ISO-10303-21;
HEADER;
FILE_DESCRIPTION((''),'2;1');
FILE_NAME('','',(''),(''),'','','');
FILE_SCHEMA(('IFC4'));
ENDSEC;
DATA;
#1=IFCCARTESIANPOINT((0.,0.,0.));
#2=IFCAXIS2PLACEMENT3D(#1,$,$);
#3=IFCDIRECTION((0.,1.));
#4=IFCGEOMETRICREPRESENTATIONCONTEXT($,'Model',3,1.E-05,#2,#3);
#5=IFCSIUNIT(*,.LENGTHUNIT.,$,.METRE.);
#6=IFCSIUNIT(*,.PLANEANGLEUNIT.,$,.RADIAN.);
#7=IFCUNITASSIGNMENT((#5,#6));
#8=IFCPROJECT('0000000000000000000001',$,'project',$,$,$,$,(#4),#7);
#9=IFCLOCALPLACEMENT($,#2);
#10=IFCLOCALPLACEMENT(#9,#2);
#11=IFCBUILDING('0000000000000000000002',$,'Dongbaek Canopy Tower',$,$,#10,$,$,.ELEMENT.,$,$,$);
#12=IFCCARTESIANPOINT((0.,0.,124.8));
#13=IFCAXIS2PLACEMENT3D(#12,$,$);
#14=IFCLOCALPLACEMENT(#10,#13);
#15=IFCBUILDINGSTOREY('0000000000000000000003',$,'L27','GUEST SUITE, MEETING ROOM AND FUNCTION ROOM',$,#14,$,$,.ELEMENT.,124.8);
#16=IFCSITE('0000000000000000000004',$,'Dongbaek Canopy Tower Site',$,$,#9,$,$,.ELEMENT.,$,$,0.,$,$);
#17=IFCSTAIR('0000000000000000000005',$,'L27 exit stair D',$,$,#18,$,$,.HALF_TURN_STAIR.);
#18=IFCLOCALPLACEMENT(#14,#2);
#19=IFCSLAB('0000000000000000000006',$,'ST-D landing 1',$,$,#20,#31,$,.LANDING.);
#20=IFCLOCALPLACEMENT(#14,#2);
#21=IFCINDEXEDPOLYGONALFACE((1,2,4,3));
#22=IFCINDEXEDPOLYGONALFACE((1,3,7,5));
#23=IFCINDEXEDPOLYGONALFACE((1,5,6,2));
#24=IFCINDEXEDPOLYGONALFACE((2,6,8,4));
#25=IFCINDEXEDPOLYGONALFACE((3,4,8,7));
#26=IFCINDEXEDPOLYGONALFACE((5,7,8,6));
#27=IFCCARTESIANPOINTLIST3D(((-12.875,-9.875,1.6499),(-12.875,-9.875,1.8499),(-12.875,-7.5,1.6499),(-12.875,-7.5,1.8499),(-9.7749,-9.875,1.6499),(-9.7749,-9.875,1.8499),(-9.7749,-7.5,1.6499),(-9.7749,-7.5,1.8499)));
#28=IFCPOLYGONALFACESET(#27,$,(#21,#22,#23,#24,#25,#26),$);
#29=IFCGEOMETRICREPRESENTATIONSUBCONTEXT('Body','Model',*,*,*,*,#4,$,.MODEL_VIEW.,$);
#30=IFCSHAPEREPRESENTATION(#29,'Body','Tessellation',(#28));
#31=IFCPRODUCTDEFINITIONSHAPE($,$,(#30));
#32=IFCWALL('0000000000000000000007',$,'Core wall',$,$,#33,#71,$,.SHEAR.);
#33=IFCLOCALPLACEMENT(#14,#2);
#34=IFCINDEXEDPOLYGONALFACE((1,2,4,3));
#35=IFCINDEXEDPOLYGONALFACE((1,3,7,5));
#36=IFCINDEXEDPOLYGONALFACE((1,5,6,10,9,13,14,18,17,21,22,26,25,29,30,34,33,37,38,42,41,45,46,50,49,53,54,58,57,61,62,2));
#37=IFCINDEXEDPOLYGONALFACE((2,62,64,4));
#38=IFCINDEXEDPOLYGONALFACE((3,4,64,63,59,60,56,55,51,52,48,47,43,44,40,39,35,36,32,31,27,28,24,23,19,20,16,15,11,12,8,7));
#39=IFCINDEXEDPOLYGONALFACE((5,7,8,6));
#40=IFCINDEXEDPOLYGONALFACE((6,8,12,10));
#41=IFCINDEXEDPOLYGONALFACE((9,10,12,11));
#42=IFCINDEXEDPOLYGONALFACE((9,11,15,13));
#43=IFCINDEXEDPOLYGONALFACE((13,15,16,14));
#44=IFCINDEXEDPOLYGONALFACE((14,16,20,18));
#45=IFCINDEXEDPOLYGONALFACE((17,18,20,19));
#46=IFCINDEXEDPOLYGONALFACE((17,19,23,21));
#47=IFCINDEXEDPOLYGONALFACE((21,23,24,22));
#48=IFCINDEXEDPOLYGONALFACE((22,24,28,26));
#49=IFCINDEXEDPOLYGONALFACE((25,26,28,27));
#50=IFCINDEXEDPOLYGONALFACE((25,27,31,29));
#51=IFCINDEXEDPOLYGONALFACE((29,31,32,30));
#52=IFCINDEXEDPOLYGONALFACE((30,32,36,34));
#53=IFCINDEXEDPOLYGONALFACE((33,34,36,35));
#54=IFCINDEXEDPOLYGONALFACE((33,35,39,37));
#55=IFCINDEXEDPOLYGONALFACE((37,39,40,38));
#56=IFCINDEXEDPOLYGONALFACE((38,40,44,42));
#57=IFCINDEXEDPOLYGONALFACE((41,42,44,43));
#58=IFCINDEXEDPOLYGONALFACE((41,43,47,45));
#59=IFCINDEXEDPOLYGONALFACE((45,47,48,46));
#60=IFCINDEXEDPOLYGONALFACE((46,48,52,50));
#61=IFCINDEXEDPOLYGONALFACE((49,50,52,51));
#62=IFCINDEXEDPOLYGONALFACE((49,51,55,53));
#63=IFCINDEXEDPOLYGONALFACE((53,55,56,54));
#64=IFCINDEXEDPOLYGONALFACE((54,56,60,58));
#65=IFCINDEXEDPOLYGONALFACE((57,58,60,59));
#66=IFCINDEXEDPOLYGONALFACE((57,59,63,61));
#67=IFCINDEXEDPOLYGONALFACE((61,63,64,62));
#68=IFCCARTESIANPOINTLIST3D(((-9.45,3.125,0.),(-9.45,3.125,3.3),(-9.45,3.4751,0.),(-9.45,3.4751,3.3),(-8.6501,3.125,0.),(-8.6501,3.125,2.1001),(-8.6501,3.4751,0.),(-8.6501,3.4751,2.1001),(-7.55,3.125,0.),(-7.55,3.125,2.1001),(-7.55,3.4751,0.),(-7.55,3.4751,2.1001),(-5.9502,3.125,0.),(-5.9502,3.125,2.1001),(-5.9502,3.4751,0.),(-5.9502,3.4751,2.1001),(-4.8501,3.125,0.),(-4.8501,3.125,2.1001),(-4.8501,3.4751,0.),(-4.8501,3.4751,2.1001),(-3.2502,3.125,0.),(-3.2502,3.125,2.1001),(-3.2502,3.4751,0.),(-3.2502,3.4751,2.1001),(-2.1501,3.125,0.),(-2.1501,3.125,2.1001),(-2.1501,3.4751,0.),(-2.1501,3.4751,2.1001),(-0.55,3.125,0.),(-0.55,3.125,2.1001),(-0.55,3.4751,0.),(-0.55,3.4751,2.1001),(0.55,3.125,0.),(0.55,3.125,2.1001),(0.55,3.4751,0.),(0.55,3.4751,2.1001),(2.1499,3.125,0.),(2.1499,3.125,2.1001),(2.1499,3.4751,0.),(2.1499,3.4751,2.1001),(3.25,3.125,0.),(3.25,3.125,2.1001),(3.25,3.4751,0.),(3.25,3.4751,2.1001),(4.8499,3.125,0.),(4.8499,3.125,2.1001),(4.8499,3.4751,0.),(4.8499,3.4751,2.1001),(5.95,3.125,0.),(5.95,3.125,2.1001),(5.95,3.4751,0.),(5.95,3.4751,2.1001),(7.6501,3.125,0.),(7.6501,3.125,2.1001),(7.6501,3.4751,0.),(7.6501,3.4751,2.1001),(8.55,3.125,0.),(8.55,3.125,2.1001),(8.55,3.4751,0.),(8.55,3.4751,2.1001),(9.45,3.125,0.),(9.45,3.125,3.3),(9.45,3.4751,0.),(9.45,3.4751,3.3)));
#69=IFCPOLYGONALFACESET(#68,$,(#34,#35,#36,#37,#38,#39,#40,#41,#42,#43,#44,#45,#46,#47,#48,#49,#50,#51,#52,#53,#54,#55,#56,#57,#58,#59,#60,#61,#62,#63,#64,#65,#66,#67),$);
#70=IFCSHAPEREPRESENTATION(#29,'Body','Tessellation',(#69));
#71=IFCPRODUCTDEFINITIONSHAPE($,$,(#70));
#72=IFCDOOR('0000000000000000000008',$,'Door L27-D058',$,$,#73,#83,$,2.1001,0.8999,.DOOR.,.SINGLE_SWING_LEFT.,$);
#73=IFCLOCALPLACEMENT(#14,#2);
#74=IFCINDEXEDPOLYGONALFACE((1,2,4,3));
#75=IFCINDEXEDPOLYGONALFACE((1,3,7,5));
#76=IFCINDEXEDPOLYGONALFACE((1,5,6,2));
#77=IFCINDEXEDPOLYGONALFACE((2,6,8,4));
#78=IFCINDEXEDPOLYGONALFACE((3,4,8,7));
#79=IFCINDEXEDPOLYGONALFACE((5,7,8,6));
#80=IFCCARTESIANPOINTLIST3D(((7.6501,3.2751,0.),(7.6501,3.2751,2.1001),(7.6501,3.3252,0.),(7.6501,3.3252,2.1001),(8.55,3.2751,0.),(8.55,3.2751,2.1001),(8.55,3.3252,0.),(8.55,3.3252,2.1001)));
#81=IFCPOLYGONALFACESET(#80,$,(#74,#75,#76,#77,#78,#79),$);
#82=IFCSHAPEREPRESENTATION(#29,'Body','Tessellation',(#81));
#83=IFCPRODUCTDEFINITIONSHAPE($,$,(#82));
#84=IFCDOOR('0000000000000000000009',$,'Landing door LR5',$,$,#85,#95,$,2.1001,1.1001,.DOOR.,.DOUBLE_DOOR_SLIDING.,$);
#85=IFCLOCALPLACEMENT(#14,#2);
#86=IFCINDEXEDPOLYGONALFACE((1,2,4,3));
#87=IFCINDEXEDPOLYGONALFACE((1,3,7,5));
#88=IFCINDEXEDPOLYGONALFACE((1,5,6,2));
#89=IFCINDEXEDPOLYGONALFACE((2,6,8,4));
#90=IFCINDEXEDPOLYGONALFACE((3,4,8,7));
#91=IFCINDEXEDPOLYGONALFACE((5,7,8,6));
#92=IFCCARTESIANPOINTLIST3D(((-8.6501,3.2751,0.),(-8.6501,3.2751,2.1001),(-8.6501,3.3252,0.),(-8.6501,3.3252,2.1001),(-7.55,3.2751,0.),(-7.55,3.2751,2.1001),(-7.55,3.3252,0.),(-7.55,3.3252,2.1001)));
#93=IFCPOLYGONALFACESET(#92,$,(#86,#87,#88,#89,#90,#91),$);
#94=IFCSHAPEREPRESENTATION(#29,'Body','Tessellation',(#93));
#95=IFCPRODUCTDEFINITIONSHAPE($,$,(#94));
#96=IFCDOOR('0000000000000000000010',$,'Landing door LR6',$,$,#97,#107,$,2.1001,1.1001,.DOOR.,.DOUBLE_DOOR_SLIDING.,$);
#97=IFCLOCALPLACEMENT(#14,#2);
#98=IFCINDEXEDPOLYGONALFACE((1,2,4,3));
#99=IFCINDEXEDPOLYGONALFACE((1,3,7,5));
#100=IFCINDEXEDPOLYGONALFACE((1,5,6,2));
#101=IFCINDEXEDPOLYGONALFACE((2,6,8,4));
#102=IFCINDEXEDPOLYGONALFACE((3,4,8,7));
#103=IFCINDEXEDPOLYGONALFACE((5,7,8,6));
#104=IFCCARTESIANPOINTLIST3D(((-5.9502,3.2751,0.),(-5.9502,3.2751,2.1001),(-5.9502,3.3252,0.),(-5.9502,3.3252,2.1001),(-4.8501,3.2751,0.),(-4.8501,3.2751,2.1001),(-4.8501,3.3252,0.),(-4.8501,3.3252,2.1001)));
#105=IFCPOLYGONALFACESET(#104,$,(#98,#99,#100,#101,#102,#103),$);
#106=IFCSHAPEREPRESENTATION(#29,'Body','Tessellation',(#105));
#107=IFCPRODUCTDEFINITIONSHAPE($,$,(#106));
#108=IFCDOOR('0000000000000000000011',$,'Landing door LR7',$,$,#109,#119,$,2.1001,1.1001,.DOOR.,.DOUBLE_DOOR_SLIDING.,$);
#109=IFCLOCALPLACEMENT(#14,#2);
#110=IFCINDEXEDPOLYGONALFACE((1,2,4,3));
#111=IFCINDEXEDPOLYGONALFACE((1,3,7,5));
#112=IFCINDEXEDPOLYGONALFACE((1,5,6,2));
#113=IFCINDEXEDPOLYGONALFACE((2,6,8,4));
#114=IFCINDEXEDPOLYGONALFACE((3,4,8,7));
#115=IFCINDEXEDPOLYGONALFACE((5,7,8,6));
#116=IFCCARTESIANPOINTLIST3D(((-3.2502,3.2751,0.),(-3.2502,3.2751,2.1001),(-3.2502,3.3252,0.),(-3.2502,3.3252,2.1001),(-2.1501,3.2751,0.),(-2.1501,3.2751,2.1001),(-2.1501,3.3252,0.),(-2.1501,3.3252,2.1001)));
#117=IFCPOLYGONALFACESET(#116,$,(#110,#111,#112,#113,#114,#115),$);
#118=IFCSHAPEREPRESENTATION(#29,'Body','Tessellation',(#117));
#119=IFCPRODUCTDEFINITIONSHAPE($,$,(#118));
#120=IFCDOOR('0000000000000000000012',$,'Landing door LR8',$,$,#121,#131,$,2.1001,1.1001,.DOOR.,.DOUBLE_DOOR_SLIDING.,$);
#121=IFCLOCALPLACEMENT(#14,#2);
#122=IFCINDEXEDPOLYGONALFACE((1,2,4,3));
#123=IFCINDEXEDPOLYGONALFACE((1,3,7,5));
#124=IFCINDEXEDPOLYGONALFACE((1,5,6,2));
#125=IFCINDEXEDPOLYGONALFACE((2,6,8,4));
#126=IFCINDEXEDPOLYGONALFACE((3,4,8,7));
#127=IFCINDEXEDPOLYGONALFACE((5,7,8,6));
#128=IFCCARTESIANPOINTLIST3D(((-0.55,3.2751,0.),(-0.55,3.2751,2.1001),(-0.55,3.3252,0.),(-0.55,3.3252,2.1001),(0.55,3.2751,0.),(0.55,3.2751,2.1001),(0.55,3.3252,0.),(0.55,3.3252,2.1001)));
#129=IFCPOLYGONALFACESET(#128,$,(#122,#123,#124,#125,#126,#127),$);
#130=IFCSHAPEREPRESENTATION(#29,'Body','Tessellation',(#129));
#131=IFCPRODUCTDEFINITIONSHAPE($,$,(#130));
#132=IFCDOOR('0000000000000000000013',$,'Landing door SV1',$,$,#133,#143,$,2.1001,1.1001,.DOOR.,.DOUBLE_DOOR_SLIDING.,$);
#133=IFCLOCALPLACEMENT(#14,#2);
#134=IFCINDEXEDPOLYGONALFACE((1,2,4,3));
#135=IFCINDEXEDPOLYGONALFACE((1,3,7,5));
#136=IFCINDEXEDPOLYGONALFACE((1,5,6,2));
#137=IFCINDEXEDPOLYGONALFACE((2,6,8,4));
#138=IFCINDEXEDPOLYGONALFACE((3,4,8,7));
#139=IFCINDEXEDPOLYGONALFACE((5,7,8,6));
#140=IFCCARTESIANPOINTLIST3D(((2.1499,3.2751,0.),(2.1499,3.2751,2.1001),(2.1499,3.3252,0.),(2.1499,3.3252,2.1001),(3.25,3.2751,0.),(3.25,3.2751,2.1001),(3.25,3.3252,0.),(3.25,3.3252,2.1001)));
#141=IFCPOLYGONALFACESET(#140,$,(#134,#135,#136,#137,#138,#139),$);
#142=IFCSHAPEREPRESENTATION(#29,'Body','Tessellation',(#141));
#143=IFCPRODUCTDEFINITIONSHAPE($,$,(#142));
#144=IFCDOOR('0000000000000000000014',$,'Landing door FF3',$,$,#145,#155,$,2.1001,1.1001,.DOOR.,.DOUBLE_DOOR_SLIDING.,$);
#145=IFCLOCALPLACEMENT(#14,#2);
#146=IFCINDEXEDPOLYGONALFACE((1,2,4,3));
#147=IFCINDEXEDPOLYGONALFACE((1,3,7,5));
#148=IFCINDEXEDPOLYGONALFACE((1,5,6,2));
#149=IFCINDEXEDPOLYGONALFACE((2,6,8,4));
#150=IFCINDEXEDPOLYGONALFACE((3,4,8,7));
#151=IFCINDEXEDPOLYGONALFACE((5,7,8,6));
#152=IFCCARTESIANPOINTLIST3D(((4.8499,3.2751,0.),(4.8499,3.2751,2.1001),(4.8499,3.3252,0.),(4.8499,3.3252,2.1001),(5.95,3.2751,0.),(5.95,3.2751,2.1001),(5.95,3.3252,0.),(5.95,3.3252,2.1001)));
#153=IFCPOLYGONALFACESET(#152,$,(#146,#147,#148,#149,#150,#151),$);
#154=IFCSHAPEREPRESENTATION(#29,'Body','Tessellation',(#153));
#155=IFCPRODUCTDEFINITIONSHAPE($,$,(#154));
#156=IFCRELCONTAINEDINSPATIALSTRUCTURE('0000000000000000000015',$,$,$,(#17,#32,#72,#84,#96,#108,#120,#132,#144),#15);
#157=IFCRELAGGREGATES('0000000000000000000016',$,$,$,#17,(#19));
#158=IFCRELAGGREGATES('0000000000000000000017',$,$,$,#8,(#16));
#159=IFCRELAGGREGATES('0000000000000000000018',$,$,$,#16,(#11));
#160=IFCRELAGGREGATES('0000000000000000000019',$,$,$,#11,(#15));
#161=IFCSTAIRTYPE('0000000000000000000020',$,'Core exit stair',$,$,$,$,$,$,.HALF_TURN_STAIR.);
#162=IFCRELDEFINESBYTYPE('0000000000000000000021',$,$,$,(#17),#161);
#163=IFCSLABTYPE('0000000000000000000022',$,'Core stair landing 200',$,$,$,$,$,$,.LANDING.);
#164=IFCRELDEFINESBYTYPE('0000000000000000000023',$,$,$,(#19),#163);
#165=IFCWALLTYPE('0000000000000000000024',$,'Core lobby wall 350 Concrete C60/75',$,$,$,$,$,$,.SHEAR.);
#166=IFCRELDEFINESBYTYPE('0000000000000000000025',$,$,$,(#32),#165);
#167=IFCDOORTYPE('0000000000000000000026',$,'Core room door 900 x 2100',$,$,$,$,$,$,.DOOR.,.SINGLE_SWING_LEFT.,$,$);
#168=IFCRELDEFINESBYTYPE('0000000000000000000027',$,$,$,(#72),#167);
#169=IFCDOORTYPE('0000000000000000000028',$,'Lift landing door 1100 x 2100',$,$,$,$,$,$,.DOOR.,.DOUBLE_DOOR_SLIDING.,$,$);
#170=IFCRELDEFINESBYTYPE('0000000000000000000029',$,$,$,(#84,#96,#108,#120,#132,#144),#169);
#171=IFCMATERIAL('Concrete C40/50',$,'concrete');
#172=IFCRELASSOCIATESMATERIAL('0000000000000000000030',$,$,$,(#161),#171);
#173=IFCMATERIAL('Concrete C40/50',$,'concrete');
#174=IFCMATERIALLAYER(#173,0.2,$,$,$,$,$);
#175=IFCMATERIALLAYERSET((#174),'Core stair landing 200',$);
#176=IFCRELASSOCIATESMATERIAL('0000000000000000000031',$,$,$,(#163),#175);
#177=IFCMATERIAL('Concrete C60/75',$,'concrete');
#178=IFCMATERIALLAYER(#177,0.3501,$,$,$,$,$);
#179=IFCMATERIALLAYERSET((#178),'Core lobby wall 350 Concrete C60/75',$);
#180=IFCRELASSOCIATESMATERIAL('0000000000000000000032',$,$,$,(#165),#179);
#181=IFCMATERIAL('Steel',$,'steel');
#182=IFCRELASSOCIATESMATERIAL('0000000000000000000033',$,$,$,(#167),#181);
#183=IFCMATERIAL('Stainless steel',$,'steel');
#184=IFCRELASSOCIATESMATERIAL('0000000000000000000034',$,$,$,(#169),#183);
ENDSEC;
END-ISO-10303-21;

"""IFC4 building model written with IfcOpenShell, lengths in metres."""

from ifc_helpers import new_model, si_unit, direction, frame, frame_2d, origin, place, context, subcontext, project, spatial, polyline, rectangle, outline, extrude, material, layer, layer_set, type_object, element, fill, aggregate, save


model = new_model("IFC4")

# Units and contexts
model_context = context("Model", 3, precision=1e-05, world=origin(), true_north=direction((0.0, 1.0)))
body_context = subcontext(model_context, "Body", "Model", "MODEL_VIEW")
ifc_project = project(units=[si_unit("LENGTHUNIT", "METRE"), si_unit("PLANEANGLEUNIT", "RADIAN")], contexts=[model_context])

# Site, building, storey
site_placement = place(None, origin())
site = spatial("IfcSite", under=ifc_project, at=site_placement, Name="Dongbaek Canopy Tower Site", CompositionType="ELEMENT", RefElevation=0.0)
building_placement = place(site_placement, origin())
building = spatial("IfcBuilding", under=site, at=building_placement, Name="Dongbaek Canopy Tower", CompositionType="ELEMENT")
storey_placement = place(building_placement, frame((0.0, 0.0, 124.8)))
storey = spatial("IfcBuildingStorey", under=building, at=storey_placement, Name="L27", Description="GUEST SUITE, MEETING ROOM AND FUNCTION ROOM", CompositionType="ELEMENT", Elevation=124.8)

# Stair, slab
ifc_material_1 = material(Name="Concrete C40/50", Category="concrete")
stair_type = type_object("IfcStairType", Name="Core exit stair", PredefinedType="HALF_TURN_STAIR", material=ifc_material_1)
stair_1_placement = place(storey_placement, origin())
stair_1 = element("IfcStair", 1, at=stair_1_placement, inside=storey, type_object=stair_type, Name="L27 exit stair D", PredefinedType="HALF_TURN_STAIR")
ifc_material_2 = material(Name="Concrete C40/50", Category="concrete")
ifc_layer_1 = layer(ifc_material_2, 0.2)
ifc_layer_set_1 = layer_set([ifc_layer_1], Name="Core stair landing 200")
slab_type = type_object("IfcSlabType", Name="Core stair landing 200", PredefinedType="LANDING", material=ifc_layer_set_1)
slab_placement = place(storey_placement, frame((0.0, 0.0, 1.6499)))
slab = element("IfcSlab", 2, at=slab_placement, type_object=slab_type, Name="ST-D landing 1", PredefinedType="LANDING", context=body_context, shape_type="SweptSolid", body=[
    extrude(outline(polyline([(-12.875, -7.5), (-12.875, -9.875), (-9.7749, -9.875), (-9.7749, -7.5), (-12.875, -7.5)])), origin(), (0.0, 0.0, 1.0), 0.2),
])
aggregate(stair_1, [slab])

# Wall, openings, doors
ifc_material_3 = material(Name="Concrete C60/75", Category="concrete")
ifc_layer_2 = layer(ifc_material_3, 0.3501)
ifc_layer_set_2 = layer_set([ifc_layer_2], Name="Core lobby wall 350 Concrete C60/75")
wall_type_1 = type_object("IfcWallType", Name="Core lobby wall 350 Concrete C60/75", PredefinedType="SHEAR", material=ifc_layer_set_2)
wall_1_placement = place(storey_placement, frame((9.45, 3.3, 0.0), z_axis=(0.0, 0.0, 1.0), x_axis=(-1.0, 0.0, 0.0)))
wall_1 = element("IfcWall", 3, at=wall_1_placement, inside=storey, type_object=wall_type_1, Name="Core wall", PredefinedType="SHEAR", context=body_context, shape_type="SweptSolid", body=[
    extrude(rectangle(XDim=18.8999, YDim=0.3501, at=frame_2d((9.45, 0.0))), origin(), (0.0, 0.0, 1.0), 3.3),
])
opening_1_placement = place(wall_1_placement, frame((17.0, 0.0, 0.0)))
opening_1 = element("IfcOpeningElement", 4, at=opening_1_placement, cuts=wall_1, PredefinedType="OPENING", context=body_context, shape_type="SweptSolid", body=[
    extrude(rectangle(XDim=1.1001, YDim=2.1001, at=frame_2d((0.55, 1.05))), frame((0.0, 0.1851, 0.0), z_axis=(0.0, -1.0, 0.0), x_axis=(1.0, 0.0, 0.0)), (0.0, 0.0, 1.0), 0.3701),
])
opening_2_placement = place(wall_1_placement, frame((14.3, 0.0, 0.0)))
opening_2 = element("IfcOpeningElement", 5, at=opening_2_placement, cuts=wall_1, PredefinedType="OPENING", context=body_context, shape_type="SweptSolid", body=[
    extrude(rectangle(XDim=1.1001, YDim=2.1001, at=frame_2d((0.55, 1.05))), frame((0.0, 0.1851, 0.0), z_axis=(0.0, -1.0, 0.0), x_axis=(1.0, 0.0, 0.0)), (0.0, 0.0, 1.0), 0.3701),
])
opening_3_placement = place(wall_1_placement, frame((11.6001, 0.0, 0.0)))
opening_3 = element("IfcOpeningElement", 6, at=opening_3_placement, cuts=wall_1, PredefinedType="OPENING", context=body_context, shape_type="SweptSolid", body=[
    extrude(rectangle(XDim=1.1001, YDim=2.1001, at=frame_2d((0.55, 1.05))), frame((0.0, 0.1851, 0.0), z_axis=(0.0, -1.0, 0.0), x_axis=(1.0, 0.0, 0.0)), (0.0, 0.0, 1.0), 0.3701),
])
opening_4_placement = place(wall_1_placement, frame((8.8999, 0.0, 0.0)))
opening_4 = element("IfcOpeningElement", 7, at=opening_4_placement, cuts=wall_1, PredefinedType="OPENING", context=body_context, shape_type="SweptSolid", body=[
    extrude(rectangle(XDim=1.1001, YDim=2.1001, at=frame_2d((0.55, 1.05))), frame((0.0, 0.1851, 0.0), z_axis=(0.0, -1.0, 0.0), x_axis=(1.0, 0.0, 0.0)), (0.0, 0.0, 1.0), 0.3701),
])
opening_5_placement = place(wall_1_placement, frame((6.2, 0.0, 0.0)))
opening_5 = element("IfcOpeningElement", 8, at=opening_5_placement, cuts=wall_1, PredefinedType="OPENING", context=body_context, shape_type="SweptSolid", body=[
    extrude(rectangle(XDim=1.1001, YDim=2.1001, at=frame_2d((0.55, 1.05))), frame((0.0, 0.1851, 0.0), z_axis=(0.0, -1.0, 0.0), x_axis=(1.0, 0.0, 0.0)), (0.0, 0.0, 1.0), 0.3701),
])
opening_6_placement = place(wall_1_placement, frame((3.5, 0.0, 0.0)))
opening_6 = element("IfcOpeningElement", 9, at=opening_6_placement, cuts=wall_1, PredefinedType="OPENING", context=body_context, shape_type="SweptSolid", body=[
    extrude(rectangle(XDim=1.1001, YDim=2.1001, at=frame_2d((0.55, 1.05))), frame((0.0, 0.1851, 0.0), z_axis=(0.0, -1.0, 0.0), x_axis=(1.0, 0.0, 0.0)), (0.0, 0.0, 1.0), 0.3701),
])
opening_7_placement = place(wall_1_placement, frame((0.8999, 0.0, 0.0)))
opening_7 = element("IfcOpeningElement", 10, at=opening_7_placement, cuts=wall_1, PredefinedType="OPENING", context=body_context, shape_type="SweptSolid", body=[
    extrude(rectangle(XDim=0.8999, YDim=2.1001, at=frame_2d((0.45, 1.05))), frame((0.0, 0.1851, 0.0), z_axis=(0.0, -1.0, 0.0), x_axis=(1.0, 0.0, 0.0)), (0.0, 0.0, 1.0), 0.3701),
])
ifc_material_4 = material(Name="Steel", Category="steel")
door_type_1 = type_object("IfcDoorType", Name="Core room door 900 x 2100", OperationType="SINGLE_SWING_LEFT", PredefinedType="DOOR", material=ifc_material_4)
door_1_placement = place(opening_7_placement, origin())
door_1 = element("IfcDoor", 11, at=door_1_placement, inside=storey, type_object=door_type_1, Name="Door L27-D058", OperationType="SINGLE_SWING_LEFT", OverallHeight=2.1001, OverallWidth=0.8999, PredefinedType="DOOR", context=body_context, shape_type="SweptSolid", body=[
    extrude(rectangle(XDim=0.8999, YDim=2.1001, at=frame_2d((0.45, 1.05))), frame((0.0, 0.0249, 0.0), z_axis=(0.0, -1.0, 0.0), x_axis=(1.0, 0.0, 0.0)), (0.0, 0.0, 1.0), 0.05),
])
fill(opening_7, door_1)
ifc_material_5 = material(Name="Stainless steel", Category="steel")
door_type_2 = type_object("IfcDoorType", Name="Lift landing door 1100 x 2100", OperationType="DOUBLE_DOOR_SLIDING", PredefinedType="DOOR", material=ifc_material_5)
door_2_placement = place(opening_1_placement, origin())
door_2 = element("IfcDoor", 12, at=door_2_placement, inside=storey, type_object=door_type_2, Name="Landing door LR5", OperationType="DOUBLE_DOOR_SLIDING", OverallHeight=2.1001, OverallWidth=1.1001, PredefinedType="DOOR", context=body_context, shape_type="SweptSolid", body=[
    extrude(rectangle(XDim=1.1001, YDim=2.1001, at=frame_2d((0.55, 1.05))), frame((0.0, 0.0249, 0.0), z_axis=(0.0, -1.0, 0.0), x_axis=(1.0, 0.0, 0.0)), (0.0, 0.0, 1.0), 0.05),
])
fill(opening_1, door_2)
door_3_placement = place(opening_2_placement, origin())
door_3 = element("IfcDoor", 13, at=door_3_placement, inside=storey, type_object=door_type_2, Name="Landing door LR6", OperationType="DOUBLE_DOOR_SLIDING", OverallHeight=2.1001, OverallWidth=1.1001, PredefinedType="DOOR", context=body_context, shape_type="SweptSolid", body=[
    extrude(rectangle(XDim=1.1001, YDim=2.1001, at=frame_2d((0.55, 1.05))), frame((0.0, 0.0249, 0.0), z_axis=(0.0, -1.0, 0.0), x_axis=(1.0, 0.0, 0.0)), (0.0, 0.0, 1.0), 0.05),
])
fill(opening_2, door_3)
door_4_placement = place(opening_3_placement, origin())
door_4 = element("IfcDoor", 14, at=door_4_placement, inside=storey, type_object=door_type_2, Name="Landing door LR7", OperationType="DOUBLE_DOOR_SLIDING", OverallHeight=2.1001, OverallWidth=1.1001, PredefinedType="DOOR", context=body_context, shape_type="SweptSolid", body=[
    extrude(rectangle(XDim=1.1001, YDim=2.1001, at=frame_2d((0.55, 1.05))), frame((0.0, 0.0249, 0.0), z_axis=(0.0, -1.0, 0.0), x_axis=(1.0, 0.0, 0.0)), (0.0, 0.0, 1.0), 0.05),
])
fill(opening_3, door_4)
door_5_placement = place(opening_4_placement, origin())
door_5 = element("IfcDoor", 15, at=door_5_placement, inside=storey, type_object=door_type_2, Name="Landing door LR8", OperationType="DOUBLE_DOOR_SLIDING", OverallHeight=2.1001, OverallWidth=1.1001, PredefinedType="DOOR", context=body_context, shape_type="SweptSolid", body=[
    extrude(rectangle(XDim=1.1001, YDim=2.1001, at=frame_2d((0.55, 1.05))), frame((0.0, 0.0249, 0.0), z_axis=(0.0, -1.0, 0.0), x_axis=(1.0, 0.0, 0.0)), (0.0, 0.0, 1.0), 0.05),
])
fill(opening_4, door_5)
door_6_placement = place(opening_5_placement, origin())
door_6 = element("IfcDoor", 16, at=door_6_placement, inside=storey, type_object=door_type_2, Name="Landing door SV1", OperationType="DOUBLE_DOOR_SLIDING", OverallHeight=2.1001, OverallWidth=1.1001, PredefinedType="DOOR", context=body_context, shape_type="SweptSolid", body=[
    extrude(rectangle(XDim=1.1001, YDim=2.1001, at=frame_2d((0.55, 1.05))), frame((0.0, 0.0249, 0.0), z_axis=(0.0, -1.0, 0.0), x_axis=(1.0, 0.0, 0.0)), (0.0, 0.0, 1.0), 0.05),
])
fill(opening_5, door_6)
door_7_placement = place(opening_6_placement, origin())
door_7 = element("IfcDoor", 17, at=door_7_placement, inside=storey, type_object=door_type_2, Name="Landing door FF3", OperationType="DOUBLE_DOOR_SLIDING", OverallHeight=2.1001, OverallWidth=1.1001, PredefinedType="DOOR", context=body_context, shape_type="SweptSolid", body=[
    extrude(rectangle(XDim=1.1001, YDim=2.1001, at=frame_2d((0.55, 1.05))), frame((0.0, 0.0249, 0.0), z_axis=(0.0, -1.0, 0.0), x_axis=(1.0, 0.0, 0.0)), (0.0, 0.0, 1.0), 0.05),
])
fill(opening_6, door_7)

save(model, "model.ifc")
